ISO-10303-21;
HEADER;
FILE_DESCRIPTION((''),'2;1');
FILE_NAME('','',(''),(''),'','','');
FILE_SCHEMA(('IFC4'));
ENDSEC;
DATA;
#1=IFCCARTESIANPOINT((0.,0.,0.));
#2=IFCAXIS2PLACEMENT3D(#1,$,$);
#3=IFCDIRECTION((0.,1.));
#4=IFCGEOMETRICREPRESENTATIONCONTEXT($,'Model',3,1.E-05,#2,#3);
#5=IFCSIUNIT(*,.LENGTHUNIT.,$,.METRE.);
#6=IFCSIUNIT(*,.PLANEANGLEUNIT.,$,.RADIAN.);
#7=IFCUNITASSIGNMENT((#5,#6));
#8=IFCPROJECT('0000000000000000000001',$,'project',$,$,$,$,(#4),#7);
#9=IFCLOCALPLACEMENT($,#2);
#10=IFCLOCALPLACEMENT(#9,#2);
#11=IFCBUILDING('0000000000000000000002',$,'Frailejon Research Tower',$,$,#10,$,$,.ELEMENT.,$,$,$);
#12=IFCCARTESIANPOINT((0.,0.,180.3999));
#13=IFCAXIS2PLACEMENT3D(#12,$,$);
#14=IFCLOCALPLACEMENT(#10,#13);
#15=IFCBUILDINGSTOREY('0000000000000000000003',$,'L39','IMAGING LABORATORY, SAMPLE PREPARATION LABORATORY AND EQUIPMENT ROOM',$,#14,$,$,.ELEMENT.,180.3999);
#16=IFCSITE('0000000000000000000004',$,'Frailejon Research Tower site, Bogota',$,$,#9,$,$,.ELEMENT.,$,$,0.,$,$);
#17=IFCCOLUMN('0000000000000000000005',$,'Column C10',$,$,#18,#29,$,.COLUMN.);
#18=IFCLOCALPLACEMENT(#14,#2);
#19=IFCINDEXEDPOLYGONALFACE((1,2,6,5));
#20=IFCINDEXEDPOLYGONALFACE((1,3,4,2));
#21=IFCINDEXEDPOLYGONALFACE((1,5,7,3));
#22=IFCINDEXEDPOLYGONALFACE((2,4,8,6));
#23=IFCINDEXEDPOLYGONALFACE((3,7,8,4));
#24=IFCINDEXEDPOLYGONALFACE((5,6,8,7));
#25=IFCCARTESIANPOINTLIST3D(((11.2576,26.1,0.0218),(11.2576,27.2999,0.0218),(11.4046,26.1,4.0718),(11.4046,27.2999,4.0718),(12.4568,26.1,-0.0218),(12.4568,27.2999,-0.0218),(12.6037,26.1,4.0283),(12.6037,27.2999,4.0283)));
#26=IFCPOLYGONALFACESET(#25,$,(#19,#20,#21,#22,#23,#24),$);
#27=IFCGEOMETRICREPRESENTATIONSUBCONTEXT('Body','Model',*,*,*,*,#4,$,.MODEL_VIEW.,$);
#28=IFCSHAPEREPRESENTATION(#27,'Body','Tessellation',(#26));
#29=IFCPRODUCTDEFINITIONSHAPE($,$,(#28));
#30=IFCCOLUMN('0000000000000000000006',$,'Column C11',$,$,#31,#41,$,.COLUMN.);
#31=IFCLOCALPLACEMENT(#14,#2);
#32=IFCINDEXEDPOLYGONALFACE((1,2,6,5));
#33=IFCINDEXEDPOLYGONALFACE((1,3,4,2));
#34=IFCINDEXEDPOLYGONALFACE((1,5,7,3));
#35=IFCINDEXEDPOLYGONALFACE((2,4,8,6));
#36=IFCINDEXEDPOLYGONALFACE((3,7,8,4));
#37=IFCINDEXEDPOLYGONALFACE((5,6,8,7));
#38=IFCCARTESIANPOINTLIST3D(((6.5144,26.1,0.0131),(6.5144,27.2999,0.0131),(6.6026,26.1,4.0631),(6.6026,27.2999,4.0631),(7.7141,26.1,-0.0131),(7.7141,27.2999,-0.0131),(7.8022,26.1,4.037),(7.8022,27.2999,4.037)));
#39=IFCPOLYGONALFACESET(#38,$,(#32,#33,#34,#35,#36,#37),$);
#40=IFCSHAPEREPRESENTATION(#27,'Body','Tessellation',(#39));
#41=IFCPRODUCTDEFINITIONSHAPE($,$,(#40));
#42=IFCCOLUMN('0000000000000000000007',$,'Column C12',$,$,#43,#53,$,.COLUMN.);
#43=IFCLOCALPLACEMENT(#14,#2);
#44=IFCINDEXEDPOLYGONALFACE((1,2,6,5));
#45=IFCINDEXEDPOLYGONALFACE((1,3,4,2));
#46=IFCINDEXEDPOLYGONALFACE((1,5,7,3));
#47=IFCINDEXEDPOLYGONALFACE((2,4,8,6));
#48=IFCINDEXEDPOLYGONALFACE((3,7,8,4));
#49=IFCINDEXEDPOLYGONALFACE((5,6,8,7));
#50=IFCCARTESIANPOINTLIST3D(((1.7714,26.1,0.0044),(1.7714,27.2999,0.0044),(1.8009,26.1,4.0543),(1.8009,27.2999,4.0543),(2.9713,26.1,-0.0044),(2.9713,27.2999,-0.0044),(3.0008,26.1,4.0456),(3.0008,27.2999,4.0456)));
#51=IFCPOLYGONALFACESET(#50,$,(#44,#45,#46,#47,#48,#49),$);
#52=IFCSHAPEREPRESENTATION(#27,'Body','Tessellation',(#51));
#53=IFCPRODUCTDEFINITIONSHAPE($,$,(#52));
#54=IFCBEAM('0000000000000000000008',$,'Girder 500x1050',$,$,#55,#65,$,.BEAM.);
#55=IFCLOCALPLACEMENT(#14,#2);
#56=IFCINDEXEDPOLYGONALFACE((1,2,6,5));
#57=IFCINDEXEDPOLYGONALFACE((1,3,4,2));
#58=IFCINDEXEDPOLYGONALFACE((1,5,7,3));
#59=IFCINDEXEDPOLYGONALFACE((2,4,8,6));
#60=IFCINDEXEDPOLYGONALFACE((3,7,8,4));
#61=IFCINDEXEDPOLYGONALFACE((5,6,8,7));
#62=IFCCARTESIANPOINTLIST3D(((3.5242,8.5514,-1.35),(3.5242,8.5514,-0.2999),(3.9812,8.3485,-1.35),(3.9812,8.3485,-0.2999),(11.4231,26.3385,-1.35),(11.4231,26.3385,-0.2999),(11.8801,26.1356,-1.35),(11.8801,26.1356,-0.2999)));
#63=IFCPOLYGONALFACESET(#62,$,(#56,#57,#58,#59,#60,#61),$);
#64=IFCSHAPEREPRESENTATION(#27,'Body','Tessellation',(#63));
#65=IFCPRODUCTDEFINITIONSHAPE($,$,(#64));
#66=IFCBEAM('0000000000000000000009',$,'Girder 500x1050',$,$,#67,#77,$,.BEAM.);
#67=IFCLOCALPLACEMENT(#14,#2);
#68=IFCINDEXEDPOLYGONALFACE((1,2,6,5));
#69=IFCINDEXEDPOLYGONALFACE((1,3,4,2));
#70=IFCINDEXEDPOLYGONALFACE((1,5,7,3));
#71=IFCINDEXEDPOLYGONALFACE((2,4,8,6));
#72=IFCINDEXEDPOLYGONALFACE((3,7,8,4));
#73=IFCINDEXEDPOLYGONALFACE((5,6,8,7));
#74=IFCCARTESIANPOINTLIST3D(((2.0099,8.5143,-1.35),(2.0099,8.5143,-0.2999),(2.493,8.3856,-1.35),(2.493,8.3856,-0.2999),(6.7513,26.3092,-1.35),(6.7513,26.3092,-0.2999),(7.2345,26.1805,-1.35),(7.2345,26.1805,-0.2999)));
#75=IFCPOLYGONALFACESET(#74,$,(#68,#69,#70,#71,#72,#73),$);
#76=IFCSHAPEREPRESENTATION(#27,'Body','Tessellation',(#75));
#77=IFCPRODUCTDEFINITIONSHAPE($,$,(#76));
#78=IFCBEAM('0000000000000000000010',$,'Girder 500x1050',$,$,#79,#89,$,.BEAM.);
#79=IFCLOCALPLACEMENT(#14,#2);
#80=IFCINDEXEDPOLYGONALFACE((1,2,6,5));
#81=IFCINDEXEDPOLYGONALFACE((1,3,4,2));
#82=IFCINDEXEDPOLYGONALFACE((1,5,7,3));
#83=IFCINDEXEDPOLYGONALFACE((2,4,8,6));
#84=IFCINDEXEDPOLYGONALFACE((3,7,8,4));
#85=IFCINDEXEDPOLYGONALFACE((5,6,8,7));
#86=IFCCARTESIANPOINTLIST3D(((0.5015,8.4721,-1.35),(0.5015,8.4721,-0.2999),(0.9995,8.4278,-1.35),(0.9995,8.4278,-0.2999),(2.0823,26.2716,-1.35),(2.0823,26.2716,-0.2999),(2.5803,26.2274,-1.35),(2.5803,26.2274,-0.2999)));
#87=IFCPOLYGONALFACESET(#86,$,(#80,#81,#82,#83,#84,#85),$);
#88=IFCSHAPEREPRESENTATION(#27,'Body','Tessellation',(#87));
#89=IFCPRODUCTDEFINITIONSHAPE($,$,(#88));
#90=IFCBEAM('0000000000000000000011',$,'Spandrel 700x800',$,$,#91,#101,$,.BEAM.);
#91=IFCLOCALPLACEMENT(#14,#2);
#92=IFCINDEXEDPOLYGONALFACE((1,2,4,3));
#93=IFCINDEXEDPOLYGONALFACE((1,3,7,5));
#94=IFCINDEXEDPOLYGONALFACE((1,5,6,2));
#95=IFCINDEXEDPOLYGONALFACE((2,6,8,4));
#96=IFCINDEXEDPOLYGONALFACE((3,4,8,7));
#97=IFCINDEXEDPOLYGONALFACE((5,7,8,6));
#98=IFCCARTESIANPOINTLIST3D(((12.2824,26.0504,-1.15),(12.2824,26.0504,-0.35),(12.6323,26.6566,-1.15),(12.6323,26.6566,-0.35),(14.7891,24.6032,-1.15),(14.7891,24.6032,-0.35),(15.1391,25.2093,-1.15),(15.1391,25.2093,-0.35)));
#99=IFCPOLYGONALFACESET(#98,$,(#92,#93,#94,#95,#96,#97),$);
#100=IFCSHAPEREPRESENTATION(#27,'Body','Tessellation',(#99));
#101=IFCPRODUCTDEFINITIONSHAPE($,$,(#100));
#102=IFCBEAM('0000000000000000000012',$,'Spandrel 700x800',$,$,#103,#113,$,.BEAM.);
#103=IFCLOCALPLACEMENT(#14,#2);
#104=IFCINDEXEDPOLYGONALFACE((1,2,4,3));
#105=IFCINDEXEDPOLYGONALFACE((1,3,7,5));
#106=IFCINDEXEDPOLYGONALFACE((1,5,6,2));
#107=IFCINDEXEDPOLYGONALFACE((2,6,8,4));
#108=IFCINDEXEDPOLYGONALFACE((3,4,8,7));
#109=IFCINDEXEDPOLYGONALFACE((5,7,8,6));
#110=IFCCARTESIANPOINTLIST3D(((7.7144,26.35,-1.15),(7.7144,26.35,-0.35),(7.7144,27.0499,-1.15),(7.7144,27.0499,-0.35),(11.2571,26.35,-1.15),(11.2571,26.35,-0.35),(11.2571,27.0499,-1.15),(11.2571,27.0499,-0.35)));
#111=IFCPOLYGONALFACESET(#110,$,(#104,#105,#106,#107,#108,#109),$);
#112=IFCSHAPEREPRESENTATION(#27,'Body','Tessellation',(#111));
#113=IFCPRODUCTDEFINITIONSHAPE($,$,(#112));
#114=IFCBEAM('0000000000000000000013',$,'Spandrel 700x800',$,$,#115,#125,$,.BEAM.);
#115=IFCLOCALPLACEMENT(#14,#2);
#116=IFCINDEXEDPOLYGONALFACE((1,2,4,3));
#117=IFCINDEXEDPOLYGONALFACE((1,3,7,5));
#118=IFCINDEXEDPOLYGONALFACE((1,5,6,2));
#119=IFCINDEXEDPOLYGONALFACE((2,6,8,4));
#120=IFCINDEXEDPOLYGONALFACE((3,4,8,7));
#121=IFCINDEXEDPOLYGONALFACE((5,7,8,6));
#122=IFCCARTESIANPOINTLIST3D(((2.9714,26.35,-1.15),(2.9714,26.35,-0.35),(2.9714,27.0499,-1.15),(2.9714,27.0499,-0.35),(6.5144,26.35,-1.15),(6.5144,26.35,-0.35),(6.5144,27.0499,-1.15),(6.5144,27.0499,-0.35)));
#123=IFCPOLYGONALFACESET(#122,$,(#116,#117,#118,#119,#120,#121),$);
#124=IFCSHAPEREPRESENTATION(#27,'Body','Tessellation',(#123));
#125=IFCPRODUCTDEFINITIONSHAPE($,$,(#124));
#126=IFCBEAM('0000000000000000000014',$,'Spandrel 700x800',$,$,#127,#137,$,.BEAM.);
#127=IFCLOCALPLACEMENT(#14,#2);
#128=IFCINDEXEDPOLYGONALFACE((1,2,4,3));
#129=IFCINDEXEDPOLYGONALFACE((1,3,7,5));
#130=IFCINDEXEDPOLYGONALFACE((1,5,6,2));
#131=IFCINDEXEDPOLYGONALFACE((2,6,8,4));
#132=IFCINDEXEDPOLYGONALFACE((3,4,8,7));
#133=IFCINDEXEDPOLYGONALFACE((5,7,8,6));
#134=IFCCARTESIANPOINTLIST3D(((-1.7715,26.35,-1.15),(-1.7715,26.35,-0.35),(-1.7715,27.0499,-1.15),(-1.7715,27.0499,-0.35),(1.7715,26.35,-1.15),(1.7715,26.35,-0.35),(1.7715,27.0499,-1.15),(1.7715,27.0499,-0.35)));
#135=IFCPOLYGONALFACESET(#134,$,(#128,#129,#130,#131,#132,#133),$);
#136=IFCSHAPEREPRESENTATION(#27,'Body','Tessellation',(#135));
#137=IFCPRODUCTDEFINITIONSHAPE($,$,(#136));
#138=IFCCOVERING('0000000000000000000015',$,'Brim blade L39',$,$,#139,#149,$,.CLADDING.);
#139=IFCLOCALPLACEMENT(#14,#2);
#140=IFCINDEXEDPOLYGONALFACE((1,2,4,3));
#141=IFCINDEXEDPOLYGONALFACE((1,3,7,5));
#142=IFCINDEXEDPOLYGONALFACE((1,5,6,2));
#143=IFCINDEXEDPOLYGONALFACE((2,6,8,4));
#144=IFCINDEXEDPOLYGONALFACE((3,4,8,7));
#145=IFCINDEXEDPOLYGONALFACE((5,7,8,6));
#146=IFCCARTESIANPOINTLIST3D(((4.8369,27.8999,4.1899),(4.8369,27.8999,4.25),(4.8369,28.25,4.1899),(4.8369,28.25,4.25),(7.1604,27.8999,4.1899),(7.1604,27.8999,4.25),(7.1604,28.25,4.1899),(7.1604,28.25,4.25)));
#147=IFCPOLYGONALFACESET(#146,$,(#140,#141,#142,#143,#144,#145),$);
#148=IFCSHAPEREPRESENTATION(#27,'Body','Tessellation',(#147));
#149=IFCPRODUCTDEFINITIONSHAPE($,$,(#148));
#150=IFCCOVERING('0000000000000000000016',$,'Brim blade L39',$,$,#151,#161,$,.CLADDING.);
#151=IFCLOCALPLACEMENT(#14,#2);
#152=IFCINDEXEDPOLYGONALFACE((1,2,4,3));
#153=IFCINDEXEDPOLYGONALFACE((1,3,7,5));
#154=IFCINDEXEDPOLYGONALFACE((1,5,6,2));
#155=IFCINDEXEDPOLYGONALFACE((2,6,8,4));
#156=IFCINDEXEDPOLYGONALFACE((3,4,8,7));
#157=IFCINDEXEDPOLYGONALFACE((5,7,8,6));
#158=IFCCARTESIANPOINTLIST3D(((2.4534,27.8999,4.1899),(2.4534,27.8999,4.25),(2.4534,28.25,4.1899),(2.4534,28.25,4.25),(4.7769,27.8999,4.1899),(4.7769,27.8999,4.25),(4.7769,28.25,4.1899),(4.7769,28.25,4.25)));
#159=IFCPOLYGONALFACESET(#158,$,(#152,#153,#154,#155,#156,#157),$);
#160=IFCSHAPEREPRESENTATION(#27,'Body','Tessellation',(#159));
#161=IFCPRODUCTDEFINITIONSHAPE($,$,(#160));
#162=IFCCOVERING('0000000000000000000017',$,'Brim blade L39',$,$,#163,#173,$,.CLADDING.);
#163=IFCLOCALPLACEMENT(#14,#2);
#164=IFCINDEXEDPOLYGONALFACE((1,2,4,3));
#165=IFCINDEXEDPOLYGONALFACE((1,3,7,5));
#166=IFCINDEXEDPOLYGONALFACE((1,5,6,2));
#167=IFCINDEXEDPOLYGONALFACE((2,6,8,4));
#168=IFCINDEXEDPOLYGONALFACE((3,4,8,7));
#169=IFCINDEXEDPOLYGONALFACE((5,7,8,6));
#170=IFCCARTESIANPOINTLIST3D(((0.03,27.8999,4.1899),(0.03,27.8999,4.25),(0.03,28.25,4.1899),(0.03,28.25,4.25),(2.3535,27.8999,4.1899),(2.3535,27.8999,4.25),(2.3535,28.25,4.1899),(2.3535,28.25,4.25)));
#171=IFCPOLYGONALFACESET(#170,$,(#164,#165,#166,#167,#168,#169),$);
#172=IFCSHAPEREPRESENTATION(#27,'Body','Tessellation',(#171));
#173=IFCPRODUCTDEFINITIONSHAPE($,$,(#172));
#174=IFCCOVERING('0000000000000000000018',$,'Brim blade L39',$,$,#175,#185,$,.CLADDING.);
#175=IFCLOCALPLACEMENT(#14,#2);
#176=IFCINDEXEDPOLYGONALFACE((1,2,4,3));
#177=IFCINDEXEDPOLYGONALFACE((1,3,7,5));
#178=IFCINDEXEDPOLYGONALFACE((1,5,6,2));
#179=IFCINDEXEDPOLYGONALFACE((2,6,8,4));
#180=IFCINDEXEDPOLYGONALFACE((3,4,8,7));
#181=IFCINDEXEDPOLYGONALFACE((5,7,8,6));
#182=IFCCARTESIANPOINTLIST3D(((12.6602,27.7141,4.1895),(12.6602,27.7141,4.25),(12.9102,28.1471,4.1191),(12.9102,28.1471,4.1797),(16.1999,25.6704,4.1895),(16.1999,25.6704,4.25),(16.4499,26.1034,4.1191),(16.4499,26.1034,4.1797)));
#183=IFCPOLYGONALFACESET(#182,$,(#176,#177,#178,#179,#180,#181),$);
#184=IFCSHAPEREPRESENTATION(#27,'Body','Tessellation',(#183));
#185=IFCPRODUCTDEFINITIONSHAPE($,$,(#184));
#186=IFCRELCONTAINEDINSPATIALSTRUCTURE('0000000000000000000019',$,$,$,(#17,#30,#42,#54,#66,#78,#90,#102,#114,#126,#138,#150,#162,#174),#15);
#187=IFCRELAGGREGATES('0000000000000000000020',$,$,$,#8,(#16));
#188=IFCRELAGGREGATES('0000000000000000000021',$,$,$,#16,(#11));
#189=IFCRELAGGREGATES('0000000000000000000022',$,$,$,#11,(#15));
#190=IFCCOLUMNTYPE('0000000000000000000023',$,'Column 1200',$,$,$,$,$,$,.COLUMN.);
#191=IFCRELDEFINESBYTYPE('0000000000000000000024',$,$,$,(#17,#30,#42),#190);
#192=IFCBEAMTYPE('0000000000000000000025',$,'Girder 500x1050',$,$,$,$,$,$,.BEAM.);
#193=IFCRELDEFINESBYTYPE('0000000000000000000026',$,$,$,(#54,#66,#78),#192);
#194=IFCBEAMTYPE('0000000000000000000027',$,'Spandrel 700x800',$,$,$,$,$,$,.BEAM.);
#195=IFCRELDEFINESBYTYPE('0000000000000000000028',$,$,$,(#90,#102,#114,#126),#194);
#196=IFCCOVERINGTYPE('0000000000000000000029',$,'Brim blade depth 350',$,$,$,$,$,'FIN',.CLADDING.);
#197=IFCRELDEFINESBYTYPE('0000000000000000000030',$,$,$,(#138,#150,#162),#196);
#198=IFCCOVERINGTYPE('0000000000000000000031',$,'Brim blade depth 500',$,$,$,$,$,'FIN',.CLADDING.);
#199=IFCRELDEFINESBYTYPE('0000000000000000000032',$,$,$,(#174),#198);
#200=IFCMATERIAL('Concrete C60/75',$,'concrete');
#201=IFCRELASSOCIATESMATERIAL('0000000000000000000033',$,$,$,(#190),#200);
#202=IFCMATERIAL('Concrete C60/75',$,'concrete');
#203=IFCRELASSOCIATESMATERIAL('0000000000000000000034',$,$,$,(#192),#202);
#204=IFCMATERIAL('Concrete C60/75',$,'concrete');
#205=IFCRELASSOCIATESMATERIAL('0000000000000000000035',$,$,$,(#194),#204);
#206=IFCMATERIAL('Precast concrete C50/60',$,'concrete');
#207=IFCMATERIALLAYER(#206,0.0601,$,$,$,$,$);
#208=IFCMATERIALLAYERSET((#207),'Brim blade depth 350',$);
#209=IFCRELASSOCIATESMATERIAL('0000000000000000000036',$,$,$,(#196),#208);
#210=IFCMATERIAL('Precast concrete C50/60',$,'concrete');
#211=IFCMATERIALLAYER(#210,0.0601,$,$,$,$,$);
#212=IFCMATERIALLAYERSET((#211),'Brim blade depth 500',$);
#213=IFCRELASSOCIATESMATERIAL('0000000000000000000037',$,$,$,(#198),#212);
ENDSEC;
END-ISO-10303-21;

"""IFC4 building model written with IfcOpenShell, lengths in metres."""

from ifc_helpers import new_model, si_unit, direction, frame, origin, origin_2d, place, context, subcontext, project, spatial, polyline, rectangle, outline, extrude, material, layer, layer_set, material_profile, profile_set, type_object, element, save


model = new_model("IFC4")

# Units and contexts
model_context = context("Model", 3, precision=1e-05, world=origin(), true_north=direction((0.0, 1.0)))
body_context = subcontext(model_context, "Body", "Model", "MODEL_VIEW")
ifc_project = project(units=[si_unit("LENGTHUNIT", "METRE"), si_unit("PLANEANGLEUNIT", "RADIAN")], contexts=[model_context])

# Site, building, storey
site_placement = place(None, origin())
site = spatial("IfcSite", under=ifc_project, at=site_placement, Name="Frailejon Research Tower site, Bogota", CompositionType="ELEMENT", RefElevation=0.0)
building_placement = place(site_placement, origin())
building = spatial("IfcBuilding", under=site, at=building_placement, Name="Frailejon Research Tower", CompositionType="ELEMENT")
storey_placement = place(building_placement, frame((0.0, 0.0, 180.3999)))
storey = spatial("IfcBuildingStorey", under=building, at=storey_placement, Name="L39", Description="IMAGING LABORATORY, SAMPLE PREPARATION LABORATORY AND EQUIPMENT ROOM", CompositionType="ELEMENT", Elevation=180.3999)

# Columns
ifc_material_1 = material(Name="Concrete C60/75", Category="concrete")
ifc_material_profile_1 = material_profile(ifc_material_1, rectangle(XDim=1.2, YDim=1.2, at=origin_2d()), Name="Column 1200")
ifc_profile_set_1 = profile_set([ifc_material_profile_1], Name="Concrete C60/75")
column_type = type_object("IfcColumnType", Name="Column 1200", PredefinedType="COLUMN", material=ifc_profile_set_1)
column_1_placement = place(storey_placement, frame((11.8572, 26.7, 0.0), z_axis=(0.036265, 0.0, 0.999342), x_axis=(-0.999342, 0.0, 0.036265)))
element("IfcColumn", 1, at=column_1_placement, inside=storey, type_object=column_type, Name="Column C10", PredefinedType="COLUMN", context=body_context, shape_type="SweptSolid", body=[
    extrude(rectangle(XDim=1.2, YDim=1.2, at=origin_2d()), origin(), (0.0, 0.0, 1.0), 4.0527),
])
column_2_placement = place(storey_placement, frame((7.1143, 26.7, 0.0), z_axis=(0.021756, 0.0, 0.999763), x_axis=(-0.999763, 0.0, 0.021756)))
element("IfcColumn", 2, at=column_2_placement, inside=storey, type_object=column_type, Name="Column C11", PredefinedType="COLUMN", context=body_context, shape_type="SweptSolid", body=[
    extrude(rectangle(XDim=1.2, YDim=1.2, at=origin_2d()), origin(), (0.0, 0.0, 1.0), 4.051),
])
column_3_placement = place(storey_placement, frame((2.3713, 26.7, 0.0), z_axis=(0.007294, 0.0, 0.999973), x_axis=(-0.999973, 0.0, 0.007294)))
element("IfcColumn", 3, at=column_3_placement, inside=storey, type_object=column_type, Name="Column C12", PredefinedType="COLUMN", context=body_context, shape_type="SweptSolid", body=[
    extrude(rectangle(XDim=1.2, YDim=1.2, at=origin_2d()), origin(), (0.0, 0.0, 1.0), 4.05),
])

# Beams
ifc_material_2 = material(Name="Concrete C60/75", Category="concrete")
ifc_material_profile_2 = material_profile(ifc_material_2, rectangle(XDim=0.5, YDim=1.05, at=origin_2d()), Name="Girder 500x1050")
ifc_profile_set_2 = profile_set([ifc_material_profile_2], Name="Concrete C60/75")
beam_type_1 = type_object("IfcBeamType", Name="Girder 500x1050", PredefinedType="BEAM", material=ifc_profile_set_2)
beam_1_placement = place(storey_placement, frame((11.6516, 26.2371, -0.825), z_axis=(-0.405861, -0.913935, 0.0), x_axis=(0.913935, -0.405861, 0.0)))
element("IfcBeam", 4, at=beam_1_placement, inside=storey, type_object=beam_type_1, Name="Girder 500x1050", PredefinedType="BEAM", context=body_context, shape_type="SweptSolid", body=[
    extrude(rectangle(XDim=0.5, YDim=1.05, at=origin_2d()), origin(), (0.0, 0.0, 1.0), 19.4622),
])
beam_2_placement = place(storey_placement, frame((6.9929, 26.2449, -0.825), z_axis=(-0.257467, -0.966287, 0.0), x_axis=(0.966287, -0.257467, 0.0)))
element("IfcBeam", 5, at=beam_2_placement, inside=storey, type_object=beam_type_1, Name="Girder 500x1050", PredefinedType="BEAM", context=body_context, shape_type="SweptSolid", body=[
    extrude(rectangle(XDim=0.5, YDim=1.05, at=origin_2d()), origin(), (0.0, 0.0, 1.0), 18.4158),
])
beam_3_placement = place(storey_placement, frame((2.3313, 26.2495, -0.825), z_axis=(-0.088464, -0.996079, 0.0), x_axis=(0.996079, -0.088464, 0.0)))
element("IfcBeam", 6, at=beam_3_placement, inside=storey, type_object=beam_type_1, Name="Girder 500x1050", PredefinedType="BEAM", context=body_context, shape_type="SweptSolid", body=[
    extrude(rectangle(XDim=0.5, YDim=1.05, at=origin_2d()), origin(), (0.0, 0.0, 1.0), 17.8696),
])
ifc_material_3 = material(Name="Concrete C60/75", Category="concrete")
ifc_material_profile_3 = material_profile(ifc_material_3, rectangle(XDim=0.7, YDim=0.8, at=origin_2d()), Name="Spandrel 700x800")
ifc_profile_set_3 = profile_set([ifc_material_profile_3], Name="Concrete C60/75")
beam_type_2 = type_object("IfcBeamType", Name="Spandrel 700x800", PredefinedType="BEAM", material=ifc_profile_set_3)
beam_4_placement = place(storey_placement, frame((14.9641, 24.9062, -0.75), z_axis=(-0.866034, 0.499985, 0.0), x_axis=(-0.499985, -0.866034, 0.0)))
element("IfcBeam", 7, at=beam_4_placement, inside=storey, type_object=beam_type_2, Name="Spandrel 700x800", PredefinedType="BEAM", context=body_context, shape_type="SweptSolid", body=[
    extrude(rectangle(XDim=0.7, YDim=0.8, at=origin_2d()), origin(), (0.0, 0.0, 1.0), 2.8945),
])
beam_5_placement = place(storey_placement, frame((11.2571, 26.7, -0.75), z_axis=(-1.0, 0.0, 0.0), x_axis=(0.0, -1.0, 0.0)))
element("IfcBeam", 8, at=beam_5_placement, inside=storey, type_object=beam_type_2, Name="Spandrel 700x800", PredefinedType="BEAM", context=body_context, shape_type="SweptSolid", body=[
    extrude(rectangle(XDim=0.7, YDim=0.8, at=origin_2d()), origin(), (0.0, 0.0, 1.0), 3.5427),
])
for number, where, z_axis, x_axis, name in (
    (9, (6.5144, 26.7, -0.75), (-1.0, 0.0, 0.0), (0.0, -1.0, 0.0), "Spandrel 700x800"),
    (10, (1.7715, 26.7, -0.75), (-1.0, 0.0, 0.0), (0.0, -1.0, 0.0), "Spandrel 700x800"),
):
    element("IfcBeam", number, at=place(storey_placement, frame(where, z_axis=z_axis, x_axis=x_axis)), inside=storey, type_object=beam_type_2, Name=name, PredefinedType="BEAM", context=body_context, shape_type="SweptSolid", body=[
        extrude(rectangle(XDim=0.7, YDim=0.8, at=origin_2d()), origin(), (0.0, 0.0, 1.0), 3.543),
    ])

# Coverings
ifc_material_4 = material(Name="Precast concrete C50/60", Category="concrete")
ifc_layer_1 = layer(ifc_material_4, 0.0601)
ifc_layer_set_1 = layer_set([ifc_layer_1], Name="Brim blade depth 350")
covering_type_1 = type_object("IfcCoveringType", Name="Brim blade depth 350", ElementType="FIN", PredefinedType="CLADDING", material=ifc_layer_set_1)
for number, where, z_axis, x_axis, name in (
    (11, (4.8369, 27.8999, 4.25), (1.0, 0.0, 0.0), (0.0, 1.0, 0.0), "Brim blade L39"),
    (12, (2.4534, 27.8999, 4.25), (1.0, 0.0, 0.0), (0.0, 1.0, 0.0), "Brim blade L39"),
    (13, (0.03, 27.8999, 4.25), (1.0, 0.0, 0.0), (0.0, 1.0, 0.0), "Brim blade L39"),
):
    element("IfcCovering", number, at=place(storey_placement, frame(where, z_axis=z_axis, x_axis=x_axis)), inside=storey, type_object=covering_type_1, Name=name, PredefinedType="CLADDING", context=body_context, shape_type="SweptSolid", body=[
        extrude(outline(polyline([(0.0, -0.0601), (0.3501, -0.0601), (0.3501, 0.0), (0.0, 0.0), (0.0, -0.0601)])), origin(), (0.0, 0.0, 1.0), 2.3235),
    ])
ifc_material_5 = material(Name="Precast concrete C50/60", Category="concrete")
ifc_layer_2 = layer(ifc_material_5, 0.0601)
ifc_layer_set_2 = layer_set([ifc_layer_2], Name="Brim blade depth 500")
covering_type_2 = type_object("IfcCoveringType", Name="Brim blade depth 500", ElementType="FIN", PredefinedType="CLADDING", material=ifc_layer_set_2)
covering_placement = place(storey_placement, frame((12.6602, 27.7141, 4.25), z_axis=(0.866021, -0.500007, 0.0), x_axis=(0.500007, 0.866021, 0.0)))
element("IfcCovering", 14, at=covering_placement, inside=storey, type_object=covering_type_2, Name="Brim blade L39", PredefinedType="CLADDING", context=body_context, shape_type="SweptSolid", body=[
    extrude(outline(polyline([(0.0, -0.0605), (0.5, -0.1309), (0.5, -0.0703), (0.0, 0.0), (0.0, -0.0605)])), origin(), (0.0, 0.0, 1.0), 4.0874),
])

save(model, "model.ifc")
